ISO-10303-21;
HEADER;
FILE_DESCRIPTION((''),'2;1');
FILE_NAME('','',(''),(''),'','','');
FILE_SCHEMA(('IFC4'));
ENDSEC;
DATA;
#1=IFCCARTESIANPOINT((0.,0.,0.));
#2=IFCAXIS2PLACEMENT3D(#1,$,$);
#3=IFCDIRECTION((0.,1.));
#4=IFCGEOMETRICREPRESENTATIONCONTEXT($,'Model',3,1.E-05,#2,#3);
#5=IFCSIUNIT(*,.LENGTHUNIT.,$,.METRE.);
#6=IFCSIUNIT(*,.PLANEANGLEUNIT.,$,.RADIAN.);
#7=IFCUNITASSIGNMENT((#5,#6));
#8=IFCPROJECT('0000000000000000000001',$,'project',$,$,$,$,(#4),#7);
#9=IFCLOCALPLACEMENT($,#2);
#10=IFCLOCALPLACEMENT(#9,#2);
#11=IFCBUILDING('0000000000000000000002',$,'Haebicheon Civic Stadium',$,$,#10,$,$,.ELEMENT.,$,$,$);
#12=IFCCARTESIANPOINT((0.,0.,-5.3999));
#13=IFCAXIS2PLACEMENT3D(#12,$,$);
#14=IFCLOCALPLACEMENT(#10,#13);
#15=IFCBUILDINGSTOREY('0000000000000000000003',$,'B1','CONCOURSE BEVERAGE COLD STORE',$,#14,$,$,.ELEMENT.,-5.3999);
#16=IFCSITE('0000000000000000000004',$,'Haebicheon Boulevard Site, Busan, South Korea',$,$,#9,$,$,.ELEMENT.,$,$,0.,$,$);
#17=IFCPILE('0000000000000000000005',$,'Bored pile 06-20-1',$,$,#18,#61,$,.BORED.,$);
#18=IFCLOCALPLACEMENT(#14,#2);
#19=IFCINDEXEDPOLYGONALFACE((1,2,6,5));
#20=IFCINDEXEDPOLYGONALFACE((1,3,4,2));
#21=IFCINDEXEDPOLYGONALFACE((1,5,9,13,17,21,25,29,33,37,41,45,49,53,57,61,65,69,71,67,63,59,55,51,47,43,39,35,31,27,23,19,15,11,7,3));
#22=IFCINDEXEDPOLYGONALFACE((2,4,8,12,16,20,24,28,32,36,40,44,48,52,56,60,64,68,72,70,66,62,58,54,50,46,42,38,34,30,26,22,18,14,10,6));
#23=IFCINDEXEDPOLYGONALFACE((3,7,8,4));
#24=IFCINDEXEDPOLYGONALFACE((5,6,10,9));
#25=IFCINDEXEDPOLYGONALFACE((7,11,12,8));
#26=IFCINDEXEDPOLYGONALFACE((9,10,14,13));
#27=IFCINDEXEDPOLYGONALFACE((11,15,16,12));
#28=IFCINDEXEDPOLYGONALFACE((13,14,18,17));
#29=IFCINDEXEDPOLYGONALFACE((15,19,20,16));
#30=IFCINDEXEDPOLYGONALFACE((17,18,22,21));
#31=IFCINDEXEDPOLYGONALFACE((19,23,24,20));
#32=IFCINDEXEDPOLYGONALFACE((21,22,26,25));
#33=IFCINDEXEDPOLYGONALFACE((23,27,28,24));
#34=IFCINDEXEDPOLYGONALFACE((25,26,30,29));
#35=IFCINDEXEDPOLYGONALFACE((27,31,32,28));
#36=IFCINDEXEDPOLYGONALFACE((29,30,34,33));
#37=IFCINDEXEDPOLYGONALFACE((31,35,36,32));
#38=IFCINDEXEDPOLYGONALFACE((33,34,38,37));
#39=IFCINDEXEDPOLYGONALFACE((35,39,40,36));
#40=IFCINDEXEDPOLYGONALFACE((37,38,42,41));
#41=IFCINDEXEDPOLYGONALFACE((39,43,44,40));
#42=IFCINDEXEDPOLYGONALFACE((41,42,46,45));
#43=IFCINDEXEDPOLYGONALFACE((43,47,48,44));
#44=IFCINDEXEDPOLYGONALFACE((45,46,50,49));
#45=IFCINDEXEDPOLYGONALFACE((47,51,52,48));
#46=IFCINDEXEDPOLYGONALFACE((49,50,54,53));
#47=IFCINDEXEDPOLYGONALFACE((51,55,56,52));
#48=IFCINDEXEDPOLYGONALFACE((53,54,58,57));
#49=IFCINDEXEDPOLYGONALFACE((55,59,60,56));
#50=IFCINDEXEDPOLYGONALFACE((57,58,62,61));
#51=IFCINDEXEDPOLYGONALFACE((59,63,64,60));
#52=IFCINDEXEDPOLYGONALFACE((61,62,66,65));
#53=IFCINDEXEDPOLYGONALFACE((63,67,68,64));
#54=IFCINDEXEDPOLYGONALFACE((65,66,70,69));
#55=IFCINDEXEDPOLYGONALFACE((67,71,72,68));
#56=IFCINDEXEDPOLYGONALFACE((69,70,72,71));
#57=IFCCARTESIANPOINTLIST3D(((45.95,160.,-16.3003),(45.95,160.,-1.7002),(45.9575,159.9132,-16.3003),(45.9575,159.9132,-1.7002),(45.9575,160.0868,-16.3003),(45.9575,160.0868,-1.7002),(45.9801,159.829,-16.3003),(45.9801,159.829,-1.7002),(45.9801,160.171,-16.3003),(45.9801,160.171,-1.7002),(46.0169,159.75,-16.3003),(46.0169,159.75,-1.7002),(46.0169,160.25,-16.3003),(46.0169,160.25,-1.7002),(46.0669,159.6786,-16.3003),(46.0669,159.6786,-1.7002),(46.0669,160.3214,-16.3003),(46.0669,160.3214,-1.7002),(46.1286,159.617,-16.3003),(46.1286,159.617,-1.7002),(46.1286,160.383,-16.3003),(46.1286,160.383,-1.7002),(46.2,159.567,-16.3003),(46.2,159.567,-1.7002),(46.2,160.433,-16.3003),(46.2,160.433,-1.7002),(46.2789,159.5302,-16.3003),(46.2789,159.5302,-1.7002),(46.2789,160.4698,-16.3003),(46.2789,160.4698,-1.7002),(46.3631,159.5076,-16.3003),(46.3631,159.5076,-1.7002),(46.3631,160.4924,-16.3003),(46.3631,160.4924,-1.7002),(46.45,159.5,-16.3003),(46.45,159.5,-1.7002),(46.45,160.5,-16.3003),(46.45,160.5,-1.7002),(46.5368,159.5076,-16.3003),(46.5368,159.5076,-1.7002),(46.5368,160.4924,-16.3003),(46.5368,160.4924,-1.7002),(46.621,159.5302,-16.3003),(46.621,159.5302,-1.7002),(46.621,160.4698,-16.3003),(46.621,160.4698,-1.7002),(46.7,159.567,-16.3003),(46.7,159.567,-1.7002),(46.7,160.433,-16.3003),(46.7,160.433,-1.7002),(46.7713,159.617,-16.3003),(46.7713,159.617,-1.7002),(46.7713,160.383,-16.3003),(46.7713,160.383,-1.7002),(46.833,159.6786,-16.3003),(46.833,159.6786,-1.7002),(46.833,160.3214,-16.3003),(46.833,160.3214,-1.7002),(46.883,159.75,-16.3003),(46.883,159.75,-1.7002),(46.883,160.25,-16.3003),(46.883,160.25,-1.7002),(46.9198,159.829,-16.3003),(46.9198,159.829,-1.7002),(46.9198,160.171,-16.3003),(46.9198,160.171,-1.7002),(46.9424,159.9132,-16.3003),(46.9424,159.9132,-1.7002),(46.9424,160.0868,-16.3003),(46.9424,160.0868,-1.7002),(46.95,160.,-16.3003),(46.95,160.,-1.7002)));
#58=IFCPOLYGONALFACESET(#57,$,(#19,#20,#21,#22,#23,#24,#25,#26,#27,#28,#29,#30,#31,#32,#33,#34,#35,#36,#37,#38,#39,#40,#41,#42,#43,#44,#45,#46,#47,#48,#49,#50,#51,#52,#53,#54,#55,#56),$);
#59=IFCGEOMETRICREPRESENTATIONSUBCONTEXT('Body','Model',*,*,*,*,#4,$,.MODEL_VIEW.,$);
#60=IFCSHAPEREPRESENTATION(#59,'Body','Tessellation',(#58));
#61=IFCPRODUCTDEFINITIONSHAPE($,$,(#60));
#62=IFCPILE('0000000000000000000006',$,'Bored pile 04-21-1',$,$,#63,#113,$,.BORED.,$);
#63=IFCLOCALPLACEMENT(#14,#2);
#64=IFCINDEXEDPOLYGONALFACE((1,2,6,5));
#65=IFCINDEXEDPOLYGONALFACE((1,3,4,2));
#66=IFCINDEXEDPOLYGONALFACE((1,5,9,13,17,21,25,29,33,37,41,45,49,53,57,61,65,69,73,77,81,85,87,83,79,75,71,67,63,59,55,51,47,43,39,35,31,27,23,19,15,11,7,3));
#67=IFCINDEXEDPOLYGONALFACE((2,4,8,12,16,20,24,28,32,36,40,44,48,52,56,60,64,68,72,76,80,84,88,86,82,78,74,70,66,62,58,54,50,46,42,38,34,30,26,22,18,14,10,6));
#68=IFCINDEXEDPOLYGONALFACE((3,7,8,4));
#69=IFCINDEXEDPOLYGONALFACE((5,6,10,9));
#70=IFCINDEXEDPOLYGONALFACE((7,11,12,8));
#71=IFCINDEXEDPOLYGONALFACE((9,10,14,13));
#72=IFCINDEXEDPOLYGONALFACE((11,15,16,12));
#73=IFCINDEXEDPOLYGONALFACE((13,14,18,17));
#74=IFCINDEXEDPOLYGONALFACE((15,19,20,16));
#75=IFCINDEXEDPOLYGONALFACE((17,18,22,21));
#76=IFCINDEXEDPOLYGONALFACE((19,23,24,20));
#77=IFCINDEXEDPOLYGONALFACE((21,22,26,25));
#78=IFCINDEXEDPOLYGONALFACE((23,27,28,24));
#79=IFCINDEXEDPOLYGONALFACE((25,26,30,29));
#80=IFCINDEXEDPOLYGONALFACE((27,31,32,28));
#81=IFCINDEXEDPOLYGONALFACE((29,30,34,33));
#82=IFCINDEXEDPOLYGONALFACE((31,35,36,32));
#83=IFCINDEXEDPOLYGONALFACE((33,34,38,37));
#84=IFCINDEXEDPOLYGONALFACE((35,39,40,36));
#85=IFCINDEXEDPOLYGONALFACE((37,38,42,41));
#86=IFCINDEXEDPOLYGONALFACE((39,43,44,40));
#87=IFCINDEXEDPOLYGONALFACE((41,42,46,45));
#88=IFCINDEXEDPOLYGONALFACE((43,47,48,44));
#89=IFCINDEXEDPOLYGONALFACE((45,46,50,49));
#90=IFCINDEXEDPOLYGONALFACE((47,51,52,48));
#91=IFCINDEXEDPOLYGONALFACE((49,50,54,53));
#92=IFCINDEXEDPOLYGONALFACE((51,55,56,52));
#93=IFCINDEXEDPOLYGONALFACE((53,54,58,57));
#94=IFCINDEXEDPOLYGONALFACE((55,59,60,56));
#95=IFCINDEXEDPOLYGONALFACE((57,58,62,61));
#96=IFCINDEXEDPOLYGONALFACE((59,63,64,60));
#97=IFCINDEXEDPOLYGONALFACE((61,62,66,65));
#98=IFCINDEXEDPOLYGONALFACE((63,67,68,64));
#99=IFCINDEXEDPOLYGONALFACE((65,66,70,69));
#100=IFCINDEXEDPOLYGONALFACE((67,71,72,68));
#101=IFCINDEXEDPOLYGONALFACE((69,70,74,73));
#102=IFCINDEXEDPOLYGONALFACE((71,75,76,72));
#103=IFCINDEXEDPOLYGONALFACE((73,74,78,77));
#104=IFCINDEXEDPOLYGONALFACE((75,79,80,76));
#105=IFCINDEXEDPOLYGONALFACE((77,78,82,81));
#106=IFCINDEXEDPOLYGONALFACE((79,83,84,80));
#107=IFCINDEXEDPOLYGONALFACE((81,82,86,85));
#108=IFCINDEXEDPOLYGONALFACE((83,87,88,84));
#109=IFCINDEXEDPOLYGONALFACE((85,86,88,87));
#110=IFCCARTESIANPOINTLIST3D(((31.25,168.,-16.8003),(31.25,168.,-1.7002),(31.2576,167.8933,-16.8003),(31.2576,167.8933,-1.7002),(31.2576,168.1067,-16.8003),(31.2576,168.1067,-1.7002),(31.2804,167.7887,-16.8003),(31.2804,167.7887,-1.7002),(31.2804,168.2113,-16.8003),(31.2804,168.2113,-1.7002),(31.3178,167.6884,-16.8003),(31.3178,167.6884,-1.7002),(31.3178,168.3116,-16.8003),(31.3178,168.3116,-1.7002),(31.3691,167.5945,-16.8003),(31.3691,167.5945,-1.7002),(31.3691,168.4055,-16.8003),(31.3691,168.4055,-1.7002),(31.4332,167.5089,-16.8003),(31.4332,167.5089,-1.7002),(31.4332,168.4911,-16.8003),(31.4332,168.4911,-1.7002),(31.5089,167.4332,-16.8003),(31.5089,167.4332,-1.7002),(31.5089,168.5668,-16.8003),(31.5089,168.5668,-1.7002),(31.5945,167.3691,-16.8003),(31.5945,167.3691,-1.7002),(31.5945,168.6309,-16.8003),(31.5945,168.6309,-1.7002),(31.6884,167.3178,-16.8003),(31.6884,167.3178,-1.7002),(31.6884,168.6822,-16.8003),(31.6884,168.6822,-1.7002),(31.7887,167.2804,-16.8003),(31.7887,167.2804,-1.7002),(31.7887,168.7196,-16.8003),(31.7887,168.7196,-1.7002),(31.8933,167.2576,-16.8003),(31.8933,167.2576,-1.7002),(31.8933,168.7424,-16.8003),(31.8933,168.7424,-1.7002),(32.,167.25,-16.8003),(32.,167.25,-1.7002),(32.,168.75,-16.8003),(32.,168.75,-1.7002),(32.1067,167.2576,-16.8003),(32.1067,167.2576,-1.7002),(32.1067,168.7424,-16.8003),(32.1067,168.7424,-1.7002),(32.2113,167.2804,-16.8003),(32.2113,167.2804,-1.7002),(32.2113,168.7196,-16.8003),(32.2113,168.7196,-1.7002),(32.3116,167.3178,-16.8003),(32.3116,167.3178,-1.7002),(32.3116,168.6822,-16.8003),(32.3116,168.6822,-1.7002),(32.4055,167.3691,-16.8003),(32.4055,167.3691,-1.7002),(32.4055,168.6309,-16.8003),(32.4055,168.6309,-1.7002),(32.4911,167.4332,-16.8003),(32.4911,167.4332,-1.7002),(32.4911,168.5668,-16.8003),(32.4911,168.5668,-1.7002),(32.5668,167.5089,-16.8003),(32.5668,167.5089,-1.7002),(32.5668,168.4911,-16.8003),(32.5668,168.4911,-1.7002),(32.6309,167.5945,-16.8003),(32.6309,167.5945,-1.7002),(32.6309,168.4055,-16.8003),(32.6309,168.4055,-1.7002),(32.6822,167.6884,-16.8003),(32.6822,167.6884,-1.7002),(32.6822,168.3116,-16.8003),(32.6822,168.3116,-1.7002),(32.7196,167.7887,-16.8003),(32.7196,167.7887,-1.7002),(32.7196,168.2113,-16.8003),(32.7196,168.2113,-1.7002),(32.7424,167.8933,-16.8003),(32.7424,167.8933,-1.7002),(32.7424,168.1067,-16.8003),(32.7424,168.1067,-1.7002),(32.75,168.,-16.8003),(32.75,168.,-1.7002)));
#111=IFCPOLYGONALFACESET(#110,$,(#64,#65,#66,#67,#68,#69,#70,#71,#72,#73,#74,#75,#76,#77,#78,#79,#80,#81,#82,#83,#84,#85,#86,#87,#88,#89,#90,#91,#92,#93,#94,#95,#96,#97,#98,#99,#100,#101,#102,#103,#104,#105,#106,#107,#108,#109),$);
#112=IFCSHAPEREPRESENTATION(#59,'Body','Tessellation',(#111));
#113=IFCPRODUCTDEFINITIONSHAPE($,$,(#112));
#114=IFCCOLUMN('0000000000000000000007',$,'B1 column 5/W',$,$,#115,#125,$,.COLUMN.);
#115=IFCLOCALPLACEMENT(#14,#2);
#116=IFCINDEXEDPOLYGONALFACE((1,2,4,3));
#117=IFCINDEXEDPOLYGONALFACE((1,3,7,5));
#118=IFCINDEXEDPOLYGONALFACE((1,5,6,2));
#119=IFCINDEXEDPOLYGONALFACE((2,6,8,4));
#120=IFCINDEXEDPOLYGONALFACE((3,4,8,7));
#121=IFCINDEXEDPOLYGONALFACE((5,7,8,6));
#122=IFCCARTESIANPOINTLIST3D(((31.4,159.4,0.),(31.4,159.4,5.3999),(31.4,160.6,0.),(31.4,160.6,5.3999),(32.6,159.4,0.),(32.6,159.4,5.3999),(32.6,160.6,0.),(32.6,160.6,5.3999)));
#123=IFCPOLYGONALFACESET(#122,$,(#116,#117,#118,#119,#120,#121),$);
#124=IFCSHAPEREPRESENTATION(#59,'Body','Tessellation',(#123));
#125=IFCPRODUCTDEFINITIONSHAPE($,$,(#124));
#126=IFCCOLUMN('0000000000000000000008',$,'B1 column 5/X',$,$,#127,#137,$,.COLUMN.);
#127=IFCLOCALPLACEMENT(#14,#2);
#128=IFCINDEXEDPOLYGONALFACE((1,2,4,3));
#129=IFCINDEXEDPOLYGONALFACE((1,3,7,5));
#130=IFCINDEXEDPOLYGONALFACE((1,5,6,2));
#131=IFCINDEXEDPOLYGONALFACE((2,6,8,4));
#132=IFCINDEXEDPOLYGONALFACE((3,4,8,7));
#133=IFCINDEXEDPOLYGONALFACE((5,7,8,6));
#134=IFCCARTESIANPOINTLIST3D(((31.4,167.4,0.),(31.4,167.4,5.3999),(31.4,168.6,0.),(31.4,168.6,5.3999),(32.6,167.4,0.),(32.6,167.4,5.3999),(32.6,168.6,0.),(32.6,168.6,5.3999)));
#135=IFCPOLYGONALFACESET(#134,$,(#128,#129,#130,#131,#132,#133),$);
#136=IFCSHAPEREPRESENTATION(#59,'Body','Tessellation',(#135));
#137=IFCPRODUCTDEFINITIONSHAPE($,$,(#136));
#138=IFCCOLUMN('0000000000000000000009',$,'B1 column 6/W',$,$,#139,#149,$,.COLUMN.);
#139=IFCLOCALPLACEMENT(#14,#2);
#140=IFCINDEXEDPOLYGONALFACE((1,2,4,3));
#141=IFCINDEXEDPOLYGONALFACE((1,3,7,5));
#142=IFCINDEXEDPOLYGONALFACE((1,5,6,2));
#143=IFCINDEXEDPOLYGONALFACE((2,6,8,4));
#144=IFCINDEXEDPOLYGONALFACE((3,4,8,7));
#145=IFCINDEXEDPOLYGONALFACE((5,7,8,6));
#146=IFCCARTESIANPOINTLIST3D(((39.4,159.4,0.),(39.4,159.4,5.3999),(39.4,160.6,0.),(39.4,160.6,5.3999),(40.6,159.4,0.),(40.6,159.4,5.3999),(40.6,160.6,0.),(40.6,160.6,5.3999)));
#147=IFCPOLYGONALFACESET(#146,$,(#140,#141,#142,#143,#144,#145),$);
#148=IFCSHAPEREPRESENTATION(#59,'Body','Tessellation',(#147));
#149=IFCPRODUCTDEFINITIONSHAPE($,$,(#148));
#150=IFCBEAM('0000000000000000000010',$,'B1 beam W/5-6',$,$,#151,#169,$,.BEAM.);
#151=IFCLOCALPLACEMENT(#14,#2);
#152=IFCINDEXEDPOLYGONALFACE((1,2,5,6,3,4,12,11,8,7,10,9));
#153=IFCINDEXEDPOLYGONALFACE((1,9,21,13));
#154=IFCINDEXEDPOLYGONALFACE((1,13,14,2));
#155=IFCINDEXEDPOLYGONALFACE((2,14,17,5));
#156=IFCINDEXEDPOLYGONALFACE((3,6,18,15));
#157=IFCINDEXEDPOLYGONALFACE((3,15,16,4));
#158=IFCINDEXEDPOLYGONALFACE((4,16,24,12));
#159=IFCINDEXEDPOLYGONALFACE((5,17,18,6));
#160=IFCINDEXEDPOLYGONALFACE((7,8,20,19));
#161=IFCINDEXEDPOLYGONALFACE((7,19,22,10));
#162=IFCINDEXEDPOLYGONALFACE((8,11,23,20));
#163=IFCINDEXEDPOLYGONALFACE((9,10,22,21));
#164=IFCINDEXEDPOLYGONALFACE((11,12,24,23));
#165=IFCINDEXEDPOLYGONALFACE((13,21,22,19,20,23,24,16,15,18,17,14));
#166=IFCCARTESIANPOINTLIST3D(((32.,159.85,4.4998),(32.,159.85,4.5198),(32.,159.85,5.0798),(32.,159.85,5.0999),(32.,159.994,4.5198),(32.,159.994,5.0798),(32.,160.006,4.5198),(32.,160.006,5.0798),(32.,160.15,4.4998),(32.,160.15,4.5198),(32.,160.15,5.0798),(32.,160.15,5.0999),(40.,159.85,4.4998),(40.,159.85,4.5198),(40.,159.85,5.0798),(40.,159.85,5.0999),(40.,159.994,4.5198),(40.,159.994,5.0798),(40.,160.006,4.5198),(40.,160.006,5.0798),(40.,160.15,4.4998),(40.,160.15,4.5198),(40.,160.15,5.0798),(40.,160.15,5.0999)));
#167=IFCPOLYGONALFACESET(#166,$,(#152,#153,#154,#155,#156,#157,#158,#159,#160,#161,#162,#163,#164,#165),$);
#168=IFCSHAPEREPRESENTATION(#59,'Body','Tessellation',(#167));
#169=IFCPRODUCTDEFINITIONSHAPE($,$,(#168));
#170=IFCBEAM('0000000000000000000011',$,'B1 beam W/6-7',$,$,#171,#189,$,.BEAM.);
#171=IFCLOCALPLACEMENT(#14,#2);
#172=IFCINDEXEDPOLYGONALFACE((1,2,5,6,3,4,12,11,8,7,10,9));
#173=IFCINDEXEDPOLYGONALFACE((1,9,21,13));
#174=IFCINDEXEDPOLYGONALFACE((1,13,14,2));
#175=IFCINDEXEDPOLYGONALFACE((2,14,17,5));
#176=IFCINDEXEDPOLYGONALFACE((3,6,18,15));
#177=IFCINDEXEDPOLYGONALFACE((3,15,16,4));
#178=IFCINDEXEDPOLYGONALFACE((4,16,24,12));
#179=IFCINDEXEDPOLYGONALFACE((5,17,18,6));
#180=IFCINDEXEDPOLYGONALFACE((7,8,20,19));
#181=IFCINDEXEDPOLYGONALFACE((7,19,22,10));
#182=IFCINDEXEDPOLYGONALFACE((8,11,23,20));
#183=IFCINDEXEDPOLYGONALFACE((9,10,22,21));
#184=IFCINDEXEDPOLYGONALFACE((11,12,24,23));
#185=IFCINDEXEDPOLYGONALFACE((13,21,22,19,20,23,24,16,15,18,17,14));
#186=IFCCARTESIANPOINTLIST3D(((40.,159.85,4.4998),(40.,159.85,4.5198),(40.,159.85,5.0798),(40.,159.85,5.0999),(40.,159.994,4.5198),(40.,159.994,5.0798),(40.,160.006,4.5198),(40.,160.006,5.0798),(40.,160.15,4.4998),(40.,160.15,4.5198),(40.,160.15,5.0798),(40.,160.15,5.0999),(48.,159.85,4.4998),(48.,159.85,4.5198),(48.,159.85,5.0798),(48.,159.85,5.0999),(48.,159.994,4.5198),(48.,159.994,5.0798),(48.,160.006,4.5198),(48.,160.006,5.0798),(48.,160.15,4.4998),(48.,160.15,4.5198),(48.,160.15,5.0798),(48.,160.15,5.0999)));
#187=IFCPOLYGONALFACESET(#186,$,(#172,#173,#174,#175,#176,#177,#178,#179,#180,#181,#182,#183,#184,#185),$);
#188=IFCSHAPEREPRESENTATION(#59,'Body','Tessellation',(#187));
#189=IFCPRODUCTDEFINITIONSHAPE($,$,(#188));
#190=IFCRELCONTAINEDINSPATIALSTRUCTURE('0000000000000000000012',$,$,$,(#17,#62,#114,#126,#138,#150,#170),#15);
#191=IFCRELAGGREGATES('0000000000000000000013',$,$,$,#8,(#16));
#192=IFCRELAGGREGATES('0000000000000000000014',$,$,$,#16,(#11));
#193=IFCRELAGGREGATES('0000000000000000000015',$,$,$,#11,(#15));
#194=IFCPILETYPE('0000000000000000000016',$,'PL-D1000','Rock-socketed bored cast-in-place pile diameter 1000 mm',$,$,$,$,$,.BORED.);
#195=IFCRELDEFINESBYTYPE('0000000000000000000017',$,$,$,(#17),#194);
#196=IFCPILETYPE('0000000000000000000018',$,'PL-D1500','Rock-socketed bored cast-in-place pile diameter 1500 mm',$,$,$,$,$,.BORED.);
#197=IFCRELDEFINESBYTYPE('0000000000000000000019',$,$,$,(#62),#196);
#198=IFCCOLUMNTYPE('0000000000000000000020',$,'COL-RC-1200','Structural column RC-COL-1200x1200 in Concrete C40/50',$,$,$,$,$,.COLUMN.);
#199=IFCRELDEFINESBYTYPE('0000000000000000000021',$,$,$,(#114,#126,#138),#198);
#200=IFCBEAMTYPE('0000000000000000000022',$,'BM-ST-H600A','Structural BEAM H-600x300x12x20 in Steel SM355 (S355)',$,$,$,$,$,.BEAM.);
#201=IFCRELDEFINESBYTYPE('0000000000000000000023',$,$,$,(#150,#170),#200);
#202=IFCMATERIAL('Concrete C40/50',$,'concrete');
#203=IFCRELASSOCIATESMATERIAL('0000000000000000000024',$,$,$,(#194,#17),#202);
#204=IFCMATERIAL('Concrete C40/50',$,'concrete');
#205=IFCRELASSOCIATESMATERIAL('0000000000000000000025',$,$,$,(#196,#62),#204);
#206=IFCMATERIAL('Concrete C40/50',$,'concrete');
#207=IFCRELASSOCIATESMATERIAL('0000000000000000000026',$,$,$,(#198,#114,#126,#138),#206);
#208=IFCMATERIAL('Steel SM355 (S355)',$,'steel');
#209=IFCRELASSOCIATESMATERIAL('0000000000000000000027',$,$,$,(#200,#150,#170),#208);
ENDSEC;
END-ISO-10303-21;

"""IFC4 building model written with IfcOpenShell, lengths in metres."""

from ifc_helpers import new_model, si_unit, direction, frame, origin, origin_2d, place, context, subcontext, project, spatial, rectangle, circle, i_section, extrude, material, material_profile, profile_set, type_object, element, save


model = new_model("IFC4")

# Units and contexts
model_context = context("Model", 3, precision=1e-05, world=origin(), true_north=direction((0.0, 1.0)))
body_context = subcontext(model_context, "Body", "Model", "MODEL_VIEW")
ifc_project = project(units=[si_unit("LENGTHUNIT", "METRE"), si_unit("PLANEANGLEUNIT", "RADIAN")], contexts=[model_context])

# Site, building, storey
site_placement = place(None, origin())
site = spatial("IfcSite", under=ifc_project, at=site_placement, Name="Haebicheon Boulevard Site, Busan, South Korea", CompositionType="ELEMENT", RefElevation=0.0)
building_placement = place(site_placement, origin())
building = spatial("IfcBuilding", under=site, at=building_placement, Name="Haebicheon Civic Stadium", CompositionType="ELEMENT")
storey_placement = place(building_placement, frame((0.0, 0.0, -5.3999)))
storey = spatial("IfcBuildingStorey", under=building, at=storey_placement, Name="B1", Description="CONCOURSE BEVERAGE COLD STORE", CompositionType="ELEMENT", Elevation=-5.3999)

# Piles
ifc_material_1 = material(Name="Concrete C40/50", Category="concrete")
ifc_material_profile_1 = material_profile(ifc_material_1, circle(Radius=0.5, at=origin_2d()), Name="PILE-D1000")
ifc_profile_set_1 = profile_set([ifc_material_profile_1], Name="Concrete C40/50")
pile_type_1 = type_object("IfcPileType", Name="PL-D1000", Description="Rock-socketed bored cast-in-place pile diameter 1000 mm", PredefinedType="BORED", material=ifc_profile_set_1)
pile_1_placement = place(storey_placement, frame((46.45, 160.0, -1.7002), z_axis=(0.0, 0.0, -1.0), x_axis=(1.0, 0.0, 0.0)))
element("IfcPile", 1, at=pile_1_placement, inside=storey, type_object=pile_type_1, material=ifc_profile_set_1, Name="Bored pile 06-20-1", PredefinedType="BORED", context=body_context, shape_type="SweptSolid", body=[
    extrude(circle(Radius=0.5, at=origin_2d()), origin(), (0.0, 0.0, 1.0), 14.6001),
])
ifc_material_2 = material(Name="Concrete C40/50", Category="concrete")
ifc_material_profile_2 = material_profile(ifc_material_2, circle(Radius=0.75, at=origin_2d()), Name="PILE-D1500")
ifc_profile_set_2 = profile_set([ifc_material_profile_2], Name="Concrete C40/50")
pile_type_2 = type_object("IfcPileType", Name="PL-D1500", Description="Rock-socketed bored cast-in-place pile diameter 1500 mm", PredefinedType="BORED", material=ifc_profile_set_2)
pile_2_placement = place(storey_placement, frame((32.0, 168.0, -1.7002), z_axis=(0.0, 0.0, -1.0), x_axis=(1.0, 0.0, 0.0)))
element("IfcPile", 2, at=pile_2_placement, inside=storey, type_object=pile_type_2, material=ifc_profile_set_2, Name="Bored pile 04-21-1", PredefinedType="BORED", context=body_context, shape_type="SweptSolid", body=[
    extrude(circle(Radius=0.75, at=origin_2d()), origin(), (0.0, 0.0, 1.0), 15.1001),
])

# Columns
ifc_material_3 = material(Name="Concrete C40/50", Category="concrete")
ifc_material_profile_3 = material_profile(ifc_material_3, rectangle(XDim=1.2, YDim=1.2, at=origin_2d()), Name="RC-COL-1200x1200")
ifc_profile_set_3 = profile_set([ifc_material_profile_3], Name="Concrete C40/50")
column_type = type_object("IfcColumnType", Name="COL-RC-1200", Description="Structural column RC-COL-1200x1200 in Concrete C40/50", PredefinedType="COLUMN", material=ifc_profile_set_3)
for number, where, z_axis, x_axis, name in (
    (3, (32.0, 160.0, 0.0), (0.0, 0.0, 1.0), (1.0, 0.0, 0.0), "B1 column 5/W"),
    (4, (32.0, 168.0, 0.0), (0.0, 0.0, 1.0), (1.0, 0.0, 0.0), "B1 column 5/X"),
    (5, (40.0, 160.0, 0.0), (0.0, 0.0, 1.0), (1.0, 0.0, 0.0), "B1 column 6/W"),
):
    element("IfcColumn", number, at=place(storey_placement, frame(where, z_axis=z_axis, x_axis=x_axis)), inside=storey, type_object=column_type, material=ifc_profile_set_3, Name=name, PredefinedType="COLUMN", context=body_context, shape_type="SweptSolid", body=[
        extrude(rectangle(XDim=1.2, YDim=1.2, at=origin_2d()), origin(), (0.0, 0.0, 1.0), 5.3999),
    ])

# Beams
ifc_material_4 = material(Name="Steel SM355 (S355)", Category="steel")
ifc_material_profile_4 = material_profile(ifc_material_4, i_section(OverallWidth=0.3, OverallDepth=0.6001, WebThickness=0.012, FlangeThickness=0.02, at=origin_2d()), Name="H-600x300x12x20")
ifc_profile_set_4 = profile_set([ifc_material_profile_4], Name="Steel SM355 (S355)")
beam_type_1 = type_object("IfcBeamType", Name="BM-ST-H600A", Description="Structural BEAM H-600x300x12x20 in Steel SM355 (S355)", PredefinedType="BEAM", material=ifc_profile_set_4)
for number, where, z_axis, x_axis, name in (
    (6, (32.0, 160.0, 4.7998), (1.0, 0.0, 0.0), (0.0, 1.0, 0.0), "B1 beam W/5-6"),
    (7, (40.0, 160.0, 4.7998), (1.0, 0.0, 0.0), (0.0, 1.0, 0.0), "B1 beam W/6-7"),
):
    element("IfcBeam", number, at=place(storey_placement, frame(where, z_axis=z_axis, x_axis=x_axis)), inside=storey, type_object=beam_type_1, material=ifc_profile_set_4, Name=name, PredefinedType="BEAM", context=body_context, shape_type="SweptSolid", body=[
        extrude(i_section(OverallWidth=0.3, OverallDepth=0.6001, WebThickness=0.012, FlangeThickness=0.02, at=origin_2d()), origin(), (0.0, 0.0, 1.0), 8.0),
    ])

save(model, "model.ifc")
